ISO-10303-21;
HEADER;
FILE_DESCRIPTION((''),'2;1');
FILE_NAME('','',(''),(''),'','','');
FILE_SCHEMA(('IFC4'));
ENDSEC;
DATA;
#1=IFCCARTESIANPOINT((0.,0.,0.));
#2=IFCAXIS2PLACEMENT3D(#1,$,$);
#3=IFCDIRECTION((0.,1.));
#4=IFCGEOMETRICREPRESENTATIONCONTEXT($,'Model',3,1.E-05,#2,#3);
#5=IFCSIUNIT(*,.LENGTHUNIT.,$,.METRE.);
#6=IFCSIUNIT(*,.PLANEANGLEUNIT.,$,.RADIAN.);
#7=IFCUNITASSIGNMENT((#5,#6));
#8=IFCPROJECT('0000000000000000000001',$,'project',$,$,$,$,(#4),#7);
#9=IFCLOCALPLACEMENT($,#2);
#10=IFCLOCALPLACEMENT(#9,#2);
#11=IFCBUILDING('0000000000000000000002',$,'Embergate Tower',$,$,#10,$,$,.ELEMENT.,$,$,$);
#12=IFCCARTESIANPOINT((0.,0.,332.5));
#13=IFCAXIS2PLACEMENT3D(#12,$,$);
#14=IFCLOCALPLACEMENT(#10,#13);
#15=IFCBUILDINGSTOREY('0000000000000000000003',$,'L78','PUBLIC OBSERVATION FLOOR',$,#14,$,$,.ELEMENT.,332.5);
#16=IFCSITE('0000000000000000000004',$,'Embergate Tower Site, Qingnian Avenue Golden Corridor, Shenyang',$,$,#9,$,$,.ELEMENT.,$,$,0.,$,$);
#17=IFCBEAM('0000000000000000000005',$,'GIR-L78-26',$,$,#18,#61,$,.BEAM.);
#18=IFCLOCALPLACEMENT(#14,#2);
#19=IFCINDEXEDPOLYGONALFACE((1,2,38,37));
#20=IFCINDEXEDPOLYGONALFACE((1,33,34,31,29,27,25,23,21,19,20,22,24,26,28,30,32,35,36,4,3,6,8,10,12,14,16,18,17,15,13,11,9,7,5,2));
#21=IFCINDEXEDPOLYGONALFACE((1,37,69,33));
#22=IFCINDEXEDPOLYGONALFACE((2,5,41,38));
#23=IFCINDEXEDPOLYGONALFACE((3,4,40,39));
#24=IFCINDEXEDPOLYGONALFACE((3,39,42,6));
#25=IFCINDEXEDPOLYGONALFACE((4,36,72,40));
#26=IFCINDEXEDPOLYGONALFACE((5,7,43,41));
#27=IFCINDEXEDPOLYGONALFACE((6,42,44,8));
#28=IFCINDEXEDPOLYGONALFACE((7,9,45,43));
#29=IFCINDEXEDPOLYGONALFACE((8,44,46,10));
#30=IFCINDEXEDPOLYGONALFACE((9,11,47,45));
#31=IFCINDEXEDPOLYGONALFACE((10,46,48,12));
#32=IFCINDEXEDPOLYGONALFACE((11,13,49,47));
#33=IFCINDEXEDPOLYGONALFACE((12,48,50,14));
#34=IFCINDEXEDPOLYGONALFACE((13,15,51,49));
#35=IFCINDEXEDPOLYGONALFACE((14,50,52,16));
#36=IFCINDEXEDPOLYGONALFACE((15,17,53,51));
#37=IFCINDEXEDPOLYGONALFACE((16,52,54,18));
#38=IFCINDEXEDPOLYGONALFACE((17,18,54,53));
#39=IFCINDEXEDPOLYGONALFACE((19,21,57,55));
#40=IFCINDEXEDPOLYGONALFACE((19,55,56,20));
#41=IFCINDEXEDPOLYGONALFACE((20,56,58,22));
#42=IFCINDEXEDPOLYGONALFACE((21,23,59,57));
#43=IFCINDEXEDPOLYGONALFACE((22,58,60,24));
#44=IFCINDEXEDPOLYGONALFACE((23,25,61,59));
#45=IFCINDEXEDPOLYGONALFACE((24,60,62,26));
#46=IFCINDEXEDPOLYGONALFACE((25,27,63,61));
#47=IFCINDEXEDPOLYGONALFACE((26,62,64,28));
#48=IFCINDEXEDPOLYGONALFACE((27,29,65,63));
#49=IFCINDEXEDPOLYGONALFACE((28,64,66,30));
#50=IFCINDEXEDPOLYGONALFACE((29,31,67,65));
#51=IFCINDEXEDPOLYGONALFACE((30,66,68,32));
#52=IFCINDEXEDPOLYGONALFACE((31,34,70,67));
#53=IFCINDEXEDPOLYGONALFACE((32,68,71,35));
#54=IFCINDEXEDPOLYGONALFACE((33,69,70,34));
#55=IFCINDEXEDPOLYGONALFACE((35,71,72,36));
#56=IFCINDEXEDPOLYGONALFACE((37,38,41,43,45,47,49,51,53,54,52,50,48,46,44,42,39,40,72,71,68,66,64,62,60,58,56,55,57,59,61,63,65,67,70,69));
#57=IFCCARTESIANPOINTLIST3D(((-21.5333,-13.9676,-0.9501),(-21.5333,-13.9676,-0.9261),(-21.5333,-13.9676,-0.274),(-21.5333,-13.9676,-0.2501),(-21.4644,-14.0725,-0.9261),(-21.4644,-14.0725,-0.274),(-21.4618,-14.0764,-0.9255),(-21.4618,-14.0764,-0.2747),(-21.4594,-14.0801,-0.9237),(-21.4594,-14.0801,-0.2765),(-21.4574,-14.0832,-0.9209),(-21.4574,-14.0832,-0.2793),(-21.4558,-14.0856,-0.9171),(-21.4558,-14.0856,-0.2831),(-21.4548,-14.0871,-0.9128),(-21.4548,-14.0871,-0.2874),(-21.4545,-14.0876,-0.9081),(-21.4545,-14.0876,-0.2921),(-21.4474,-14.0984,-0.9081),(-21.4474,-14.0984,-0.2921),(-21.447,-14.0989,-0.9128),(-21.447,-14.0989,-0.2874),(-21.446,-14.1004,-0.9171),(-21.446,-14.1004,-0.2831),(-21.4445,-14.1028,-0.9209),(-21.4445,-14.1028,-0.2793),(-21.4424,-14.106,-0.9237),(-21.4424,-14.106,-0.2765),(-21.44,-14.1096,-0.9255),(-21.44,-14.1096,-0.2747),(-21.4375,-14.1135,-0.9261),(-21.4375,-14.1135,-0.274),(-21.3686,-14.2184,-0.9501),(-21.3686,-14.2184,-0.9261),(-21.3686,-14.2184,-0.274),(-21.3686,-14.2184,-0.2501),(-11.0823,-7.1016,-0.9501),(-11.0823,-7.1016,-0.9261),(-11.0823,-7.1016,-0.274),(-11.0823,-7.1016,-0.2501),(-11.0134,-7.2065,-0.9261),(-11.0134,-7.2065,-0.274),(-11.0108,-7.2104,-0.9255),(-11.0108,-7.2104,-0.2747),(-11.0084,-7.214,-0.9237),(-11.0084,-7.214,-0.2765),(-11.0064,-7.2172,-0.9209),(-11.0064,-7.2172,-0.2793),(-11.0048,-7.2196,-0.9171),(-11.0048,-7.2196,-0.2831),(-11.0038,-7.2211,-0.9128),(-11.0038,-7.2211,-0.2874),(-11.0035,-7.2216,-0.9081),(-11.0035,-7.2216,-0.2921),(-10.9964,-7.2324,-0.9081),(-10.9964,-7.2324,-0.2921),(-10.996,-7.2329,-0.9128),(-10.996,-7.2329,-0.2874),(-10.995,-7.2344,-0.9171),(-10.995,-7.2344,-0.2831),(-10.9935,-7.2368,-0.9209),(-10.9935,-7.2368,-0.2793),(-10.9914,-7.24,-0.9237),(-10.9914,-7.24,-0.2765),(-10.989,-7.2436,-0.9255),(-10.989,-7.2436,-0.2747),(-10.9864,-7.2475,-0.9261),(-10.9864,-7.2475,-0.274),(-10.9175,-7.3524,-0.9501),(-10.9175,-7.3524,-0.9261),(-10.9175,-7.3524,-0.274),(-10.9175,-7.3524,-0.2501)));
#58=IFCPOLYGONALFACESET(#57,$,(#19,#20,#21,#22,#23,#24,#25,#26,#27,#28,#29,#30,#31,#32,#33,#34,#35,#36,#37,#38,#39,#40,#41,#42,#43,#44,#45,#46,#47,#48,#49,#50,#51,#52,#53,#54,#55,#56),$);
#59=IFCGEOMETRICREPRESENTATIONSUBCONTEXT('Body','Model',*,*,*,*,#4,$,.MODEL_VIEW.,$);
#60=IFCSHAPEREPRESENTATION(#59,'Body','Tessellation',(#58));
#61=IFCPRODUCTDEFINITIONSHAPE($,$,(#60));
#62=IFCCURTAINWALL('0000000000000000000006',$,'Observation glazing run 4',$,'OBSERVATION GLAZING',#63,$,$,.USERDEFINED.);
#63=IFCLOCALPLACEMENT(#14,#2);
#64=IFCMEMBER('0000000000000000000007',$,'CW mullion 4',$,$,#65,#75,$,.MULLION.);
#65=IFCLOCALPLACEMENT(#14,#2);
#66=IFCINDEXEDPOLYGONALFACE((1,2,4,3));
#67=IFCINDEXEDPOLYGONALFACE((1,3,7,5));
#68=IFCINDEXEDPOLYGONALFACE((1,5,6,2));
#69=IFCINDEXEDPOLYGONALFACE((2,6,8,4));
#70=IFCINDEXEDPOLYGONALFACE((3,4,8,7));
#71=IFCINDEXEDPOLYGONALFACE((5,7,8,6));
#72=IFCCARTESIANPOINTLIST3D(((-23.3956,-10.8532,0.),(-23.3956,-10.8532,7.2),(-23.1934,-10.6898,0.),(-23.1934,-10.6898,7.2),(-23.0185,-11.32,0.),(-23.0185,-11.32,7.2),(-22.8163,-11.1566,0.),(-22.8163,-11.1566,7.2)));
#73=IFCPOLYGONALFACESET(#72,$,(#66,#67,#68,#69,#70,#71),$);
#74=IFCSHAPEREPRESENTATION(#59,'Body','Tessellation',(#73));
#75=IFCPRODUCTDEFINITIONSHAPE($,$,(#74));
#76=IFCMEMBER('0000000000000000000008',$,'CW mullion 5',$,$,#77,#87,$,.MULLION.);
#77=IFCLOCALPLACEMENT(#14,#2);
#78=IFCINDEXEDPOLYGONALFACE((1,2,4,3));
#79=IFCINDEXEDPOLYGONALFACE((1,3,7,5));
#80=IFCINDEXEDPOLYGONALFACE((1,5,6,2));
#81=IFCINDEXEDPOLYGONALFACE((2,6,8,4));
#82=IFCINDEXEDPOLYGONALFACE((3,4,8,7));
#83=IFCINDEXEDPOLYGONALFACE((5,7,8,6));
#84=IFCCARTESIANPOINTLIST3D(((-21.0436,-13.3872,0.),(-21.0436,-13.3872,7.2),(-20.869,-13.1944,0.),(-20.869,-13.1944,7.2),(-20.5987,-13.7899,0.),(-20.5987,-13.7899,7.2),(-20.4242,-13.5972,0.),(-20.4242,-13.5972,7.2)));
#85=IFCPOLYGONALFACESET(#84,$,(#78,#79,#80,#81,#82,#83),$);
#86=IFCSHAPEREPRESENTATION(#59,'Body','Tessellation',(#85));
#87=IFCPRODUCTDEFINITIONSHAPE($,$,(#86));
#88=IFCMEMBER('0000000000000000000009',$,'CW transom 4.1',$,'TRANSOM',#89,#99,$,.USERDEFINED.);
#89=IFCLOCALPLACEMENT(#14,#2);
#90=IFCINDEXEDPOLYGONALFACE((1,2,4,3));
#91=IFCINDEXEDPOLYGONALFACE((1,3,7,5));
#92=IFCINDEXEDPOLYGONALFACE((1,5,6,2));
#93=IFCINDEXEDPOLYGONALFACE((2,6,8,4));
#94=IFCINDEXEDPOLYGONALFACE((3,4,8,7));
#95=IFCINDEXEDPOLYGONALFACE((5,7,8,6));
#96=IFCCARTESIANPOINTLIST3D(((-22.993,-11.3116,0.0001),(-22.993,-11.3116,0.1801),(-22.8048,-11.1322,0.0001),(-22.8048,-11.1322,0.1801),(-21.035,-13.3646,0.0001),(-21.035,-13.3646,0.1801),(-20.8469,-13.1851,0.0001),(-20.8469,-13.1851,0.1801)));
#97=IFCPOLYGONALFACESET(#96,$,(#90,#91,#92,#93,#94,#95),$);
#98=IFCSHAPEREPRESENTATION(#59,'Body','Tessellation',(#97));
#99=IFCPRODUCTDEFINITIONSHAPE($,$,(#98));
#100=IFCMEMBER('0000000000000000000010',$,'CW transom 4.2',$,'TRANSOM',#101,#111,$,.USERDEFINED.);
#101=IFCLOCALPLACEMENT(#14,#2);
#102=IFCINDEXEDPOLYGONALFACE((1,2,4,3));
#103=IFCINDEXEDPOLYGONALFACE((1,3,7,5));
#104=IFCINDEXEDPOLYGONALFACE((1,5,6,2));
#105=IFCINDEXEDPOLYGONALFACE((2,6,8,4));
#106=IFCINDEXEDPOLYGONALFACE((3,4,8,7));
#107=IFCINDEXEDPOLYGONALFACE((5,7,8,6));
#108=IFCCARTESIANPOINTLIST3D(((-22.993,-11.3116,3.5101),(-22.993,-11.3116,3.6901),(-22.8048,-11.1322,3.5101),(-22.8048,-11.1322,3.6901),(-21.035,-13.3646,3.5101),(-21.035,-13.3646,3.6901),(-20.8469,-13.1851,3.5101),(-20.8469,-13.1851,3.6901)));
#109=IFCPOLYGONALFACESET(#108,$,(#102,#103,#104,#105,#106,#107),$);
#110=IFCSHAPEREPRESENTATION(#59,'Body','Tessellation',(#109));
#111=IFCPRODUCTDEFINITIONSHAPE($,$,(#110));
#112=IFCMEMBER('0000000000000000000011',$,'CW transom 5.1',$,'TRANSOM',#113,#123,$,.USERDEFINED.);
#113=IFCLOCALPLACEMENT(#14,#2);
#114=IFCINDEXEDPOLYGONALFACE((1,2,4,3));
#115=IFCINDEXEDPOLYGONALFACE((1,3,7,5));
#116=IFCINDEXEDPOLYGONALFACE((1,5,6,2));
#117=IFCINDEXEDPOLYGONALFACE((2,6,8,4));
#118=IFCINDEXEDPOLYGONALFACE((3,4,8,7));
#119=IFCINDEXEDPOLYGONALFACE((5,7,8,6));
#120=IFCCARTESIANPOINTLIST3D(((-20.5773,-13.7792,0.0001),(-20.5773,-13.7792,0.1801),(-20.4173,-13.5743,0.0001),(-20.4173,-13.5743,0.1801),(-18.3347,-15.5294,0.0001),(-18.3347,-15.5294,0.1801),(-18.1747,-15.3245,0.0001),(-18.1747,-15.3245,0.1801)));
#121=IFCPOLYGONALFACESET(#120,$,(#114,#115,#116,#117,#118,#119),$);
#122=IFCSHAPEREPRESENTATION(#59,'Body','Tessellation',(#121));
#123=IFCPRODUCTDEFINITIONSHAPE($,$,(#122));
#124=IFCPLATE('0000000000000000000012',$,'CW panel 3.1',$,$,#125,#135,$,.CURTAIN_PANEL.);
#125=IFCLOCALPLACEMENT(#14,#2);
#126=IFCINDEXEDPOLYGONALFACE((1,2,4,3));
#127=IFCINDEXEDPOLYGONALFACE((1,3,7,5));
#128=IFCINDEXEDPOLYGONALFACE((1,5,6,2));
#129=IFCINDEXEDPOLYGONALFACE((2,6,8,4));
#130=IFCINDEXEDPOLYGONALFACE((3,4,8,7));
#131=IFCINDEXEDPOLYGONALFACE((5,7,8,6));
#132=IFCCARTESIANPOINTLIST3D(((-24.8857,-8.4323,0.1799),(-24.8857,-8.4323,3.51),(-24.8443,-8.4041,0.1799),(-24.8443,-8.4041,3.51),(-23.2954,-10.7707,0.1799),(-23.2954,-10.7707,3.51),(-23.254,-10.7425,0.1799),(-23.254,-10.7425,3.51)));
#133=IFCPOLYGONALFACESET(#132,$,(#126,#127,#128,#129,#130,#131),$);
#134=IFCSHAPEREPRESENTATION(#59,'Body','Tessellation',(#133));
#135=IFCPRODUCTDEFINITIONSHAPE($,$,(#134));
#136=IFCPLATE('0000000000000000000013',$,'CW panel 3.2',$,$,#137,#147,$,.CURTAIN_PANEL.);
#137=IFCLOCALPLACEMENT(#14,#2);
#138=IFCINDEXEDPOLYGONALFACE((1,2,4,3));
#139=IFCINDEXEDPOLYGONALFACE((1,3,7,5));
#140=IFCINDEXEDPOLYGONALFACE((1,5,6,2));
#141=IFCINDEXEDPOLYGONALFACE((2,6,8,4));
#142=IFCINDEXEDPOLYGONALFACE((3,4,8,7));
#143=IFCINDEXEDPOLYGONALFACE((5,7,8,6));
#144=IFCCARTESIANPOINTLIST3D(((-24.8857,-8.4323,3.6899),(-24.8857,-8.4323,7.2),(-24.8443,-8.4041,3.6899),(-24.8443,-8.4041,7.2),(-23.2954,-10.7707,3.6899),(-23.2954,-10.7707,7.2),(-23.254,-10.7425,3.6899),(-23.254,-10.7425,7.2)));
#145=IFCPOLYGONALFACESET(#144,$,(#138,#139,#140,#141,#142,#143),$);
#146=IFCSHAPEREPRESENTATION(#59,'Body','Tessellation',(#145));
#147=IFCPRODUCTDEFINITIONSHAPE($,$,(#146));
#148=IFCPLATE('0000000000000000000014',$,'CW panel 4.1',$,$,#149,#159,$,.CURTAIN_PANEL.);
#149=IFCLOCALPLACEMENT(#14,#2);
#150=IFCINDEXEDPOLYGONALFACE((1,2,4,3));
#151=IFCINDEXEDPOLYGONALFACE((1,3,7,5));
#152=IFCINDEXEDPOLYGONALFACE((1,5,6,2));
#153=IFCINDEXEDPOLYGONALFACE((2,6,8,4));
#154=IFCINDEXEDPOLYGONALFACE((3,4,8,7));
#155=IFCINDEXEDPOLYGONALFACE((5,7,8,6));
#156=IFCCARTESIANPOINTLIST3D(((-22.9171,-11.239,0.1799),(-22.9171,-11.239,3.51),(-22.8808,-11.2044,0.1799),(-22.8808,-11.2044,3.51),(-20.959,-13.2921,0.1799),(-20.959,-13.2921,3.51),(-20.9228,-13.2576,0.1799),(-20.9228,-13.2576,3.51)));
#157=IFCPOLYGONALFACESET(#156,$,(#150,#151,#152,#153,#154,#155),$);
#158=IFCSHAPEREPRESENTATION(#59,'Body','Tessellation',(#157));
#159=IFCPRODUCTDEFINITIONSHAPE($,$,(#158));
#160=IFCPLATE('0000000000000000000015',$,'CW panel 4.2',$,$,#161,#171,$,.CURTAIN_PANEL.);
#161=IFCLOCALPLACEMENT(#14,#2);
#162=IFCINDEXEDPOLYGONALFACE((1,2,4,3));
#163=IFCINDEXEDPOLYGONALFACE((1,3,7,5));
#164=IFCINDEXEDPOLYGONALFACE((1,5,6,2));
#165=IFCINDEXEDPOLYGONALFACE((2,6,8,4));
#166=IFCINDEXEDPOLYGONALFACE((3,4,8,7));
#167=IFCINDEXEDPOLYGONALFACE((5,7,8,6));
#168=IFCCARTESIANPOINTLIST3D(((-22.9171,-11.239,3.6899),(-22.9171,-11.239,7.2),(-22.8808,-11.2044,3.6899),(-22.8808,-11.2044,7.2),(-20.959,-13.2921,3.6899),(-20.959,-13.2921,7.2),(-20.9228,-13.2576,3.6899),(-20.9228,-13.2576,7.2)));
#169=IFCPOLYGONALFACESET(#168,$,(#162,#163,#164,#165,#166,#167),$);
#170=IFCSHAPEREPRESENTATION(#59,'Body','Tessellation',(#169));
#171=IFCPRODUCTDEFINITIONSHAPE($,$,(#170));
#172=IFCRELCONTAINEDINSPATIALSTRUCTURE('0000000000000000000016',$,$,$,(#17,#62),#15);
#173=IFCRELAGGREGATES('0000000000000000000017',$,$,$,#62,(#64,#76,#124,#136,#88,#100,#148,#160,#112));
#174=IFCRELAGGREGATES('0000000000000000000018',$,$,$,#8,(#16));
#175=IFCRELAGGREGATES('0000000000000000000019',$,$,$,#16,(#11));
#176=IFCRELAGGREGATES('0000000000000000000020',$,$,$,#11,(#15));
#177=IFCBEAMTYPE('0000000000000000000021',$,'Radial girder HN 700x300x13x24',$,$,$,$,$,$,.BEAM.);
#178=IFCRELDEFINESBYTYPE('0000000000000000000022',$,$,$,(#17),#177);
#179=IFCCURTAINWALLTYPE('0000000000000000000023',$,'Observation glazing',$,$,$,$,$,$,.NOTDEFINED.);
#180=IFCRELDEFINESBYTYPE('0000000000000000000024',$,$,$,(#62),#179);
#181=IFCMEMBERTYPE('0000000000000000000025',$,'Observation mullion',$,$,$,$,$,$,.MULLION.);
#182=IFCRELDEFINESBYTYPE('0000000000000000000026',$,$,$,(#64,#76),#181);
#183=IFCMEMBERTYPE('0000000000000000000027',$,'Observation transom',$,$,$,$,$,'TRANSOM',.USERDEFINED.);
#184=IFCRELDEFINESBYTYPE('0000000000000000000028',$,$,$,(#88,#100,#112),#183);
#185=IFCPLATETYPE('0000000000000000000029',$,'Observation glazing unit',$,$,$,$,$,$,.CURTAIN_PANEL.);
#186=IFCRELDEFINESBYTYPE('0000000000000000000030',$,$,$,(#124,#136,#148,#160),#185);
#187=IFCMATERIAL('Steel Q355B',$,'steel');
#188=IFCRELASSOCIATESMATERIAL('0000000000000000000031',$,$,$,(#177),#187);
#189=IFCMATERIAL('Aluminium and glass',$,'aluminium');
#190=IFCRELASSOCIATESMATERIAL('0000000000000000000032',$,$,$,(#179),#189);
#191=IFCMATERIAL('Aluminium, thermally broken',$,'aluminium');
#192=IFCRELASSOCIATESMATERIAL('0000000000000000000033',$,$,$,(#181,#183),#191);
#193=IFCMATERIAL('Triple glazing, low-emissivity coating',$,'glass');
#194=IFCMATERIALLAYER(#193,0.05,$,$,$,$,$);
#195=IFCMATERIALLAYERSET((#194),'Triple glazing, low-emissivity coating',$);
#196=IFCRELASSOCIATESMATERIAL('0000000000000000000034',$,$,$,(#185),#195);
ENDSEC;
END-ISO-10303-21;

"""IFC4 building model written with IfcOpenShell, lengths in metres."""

from ifc_helpers import new_model, si_unit, direction, frame, origin, origin_2d, place, context, subcontext, project, spatial, rectangle, i_section, extrude, source, transform, mapped, material, layer, layer_set, material_profile, profile_set, type_object, element, aggregate, save


model = new_model("IFC4")

# Units and contexts
model_context = context("Model", 3, precision=1e-05, world=origin(), true_north=direction((0.0, 1.0)))
body_context = subcontext(model_context, "Body", "Model", "MODEL_VIEW")
ifc_project = project(units=[si_unit("LENGTHUNIT", "METRE"), si_unit("PLANEANGLEUNIT", "RADIAN")], contexts=[model_context])

# Site, building, storey
site_placement = place(None, origin())
site = spatial("IfcSite", under=ifc_project, at=site_placement, Name="Embergate Tower Site, Qingnian Avenue Golden Corridor, Shenyang", CompositionType="ELEMENT", RefElevation=0.0)
building_placement = place(site_placement, origin())
building = spatial("IfcBuilding", under=site, at=building_placement, Name="Embergate Tower", CompositionType="ELEMENT")
storey_placement = place(building_placement, frame((0.0, 0.0, 332.5)))
storey = spatial("IfcBuildingStorey", under=building, at=storey_placement, Name="L78", Description="PUBLIC OBSERVATION FLOOR", CompositionType="ELEMENT", Elevation=332.5)

# Beam
ifc_material_1 = material(Name="Steel Q355B", Category="steel")
ifc_material_profile_1 = material_profile(ifc_material_1, i_section(OverallWidth=0.3, OverallDepth=0.7, WebThickness=0.0129, FlangeThickness=0.0239, FilletRadius=0.0181, at=origin_2d()), Name="HN 700x300x13x24")
ifc_profile_set_1 = profile_set([ifc_material_profile_1], Name="Steel Q355 grade B")
beam_type_1 = type_object("IfcBeamType", Name="Radial girder HN 700x300x13x24", PredefinedType="BEAM", material=ifc_profile_set_1)
shared_shape_1 = source(origin(), body_context, "Body", "SweptSolid", [
    extrude(i_section(OverallWidth=0.3, OverallDepth=0.7, WebThickness=0.0129, FlangeThickness=0.0239, FilletRadius=0.0181, at=origin_2d()), origin(), (0.0, 0.0, 1.0), 12.5046),
])
beam_1_placement = place(storey_placement, frame((-21.4509, -14.093, -0.6001), z_axis=(0.835771, 0.549078, 0.0), x_axis=(-0.549078, 0.835771, 0.0)))
element("IfcBeam", 1, at=beam_1_placement, inside=storey, type_object=beam_type_1, Name="GIR-L78-26", PredefinedType="BEAM", context=body_context, shape_type="MappedRepresentation", body=[
    mapped(shared_shape_1, transform((0.0, 0.0, 0.0))),
])

# Curtain wall, members, plates
ifc_material_2 = material(Name="Aluminium and glass", Category="aluminium")
curtain_wall_type = type_object("IfcCurtainWallType", Name="Observation glazing", PredefinedType="NOTDEFINED", material=ifc_material_2)
curtain_wall_placement = place(storey_placement, origin())
curtain_wall = element("IfcCurtainWall", 2, at=curtain_wall_placement, inside=storey, type_object=curtain_wall_type, Name="Observation glazing run 4", ObjectType="OBSERVATION GLAZING", PredefinedType="USERDEFINED")
ifc_material_3 = material(Name="Aluminium, thermally broken", Category="aluminium")
ifc_material_profile_2 = material_profile(ifc_material_3, rectangle(XDim=0.26, YDim=0.6001, at=origin_2d()), Name="AL 600x260")
ifc_profile_set_2 = profile_set([ifc_material_profile_2], Name="Aluminium, thermally broken")
member_type_1 = type_object("IfcMemberType", Name="Observation mullion", PredefinedType="MULLION", material=ifc_profile_set_2)
shared_shape_2 = source(origin(), body_context, "Body", "SweptSolid", [
    extrude(rectangle(XDim=0.26, YDim=0.6001, at=origin_2d()), origin(), (0.0, 0.0, 1.0), 7.2),
])
member_1_placement = place(storey_placement, frame((-23.106, -11.0049, 0.0), z_axis=(0.0, 0.0, 1.0), x_axis=(0.777844, 0.628457, 0.0)))
member_1 = element("IfcMember", 3, at=member_1_placement, type_object=member_type_1, Name="CW mullion 4", PredefinedType="MULLION", context=body_context, shape_type="MappedRepresentation", body=[
    mapped(shared_shape_2, transform((0.0, 0.0, 0.0))),
])
member_2_placement = place(storey_placement, frame((-20.7339, -13.4922, 0.0), z_axis=(0.0, 0.0, 1.0), x_axis=(0.671201, 0.741276, 0.0)))
member_2 = element("IfcMember", 4, at=member_2_placement, type_object=member_type_1, Name="CW mullion 5", PredefinedType="MULLION", context=body_context, shape_type="MappedRepresentation", body=[
    mapped(shared_shape_2, transform((0.0, 0.0, 0.0))),
])
ifc_material_profile_3 = material_profile(ifc_material_3, rectangle(XDim=0.26, YDim=0.1799, at=origin_2d()), Name="AL 180x260")
ifc_profile_set_3 = profile_set([ifc_material_profile_3], Name="Aluminium, thermally broken")
member_type_2 = type_object("IfcMemberType", Name="Observation transom", ElementType="TRANSOM", PredefinedType="USERDEFINED", material=ifc_profile_set_3)
shared_shape_3 = source(origin(), body_context, "Body", "SweptSolid", [
    extrude(rectangle(XDim=0.26, YDim=0.1799, at=origin_2d()), origin(), (0.0, 0.0, 1.0), 2.8369),
])
member_3_placement = place(storey_placement, frame((-22.8989, -11.2219, 0.0901), z_axis=(0.690171, -0.723647, 0.0), x_axis=(0.723647, 0.690171, 0.0)))
member_3 = element("IfcMember", 5, at=member_3_placement, type_object=member_type_2, Name="CW transom 4.1", ObjectType="TRANSOM", PredefinedType="USERDEFINED", context=body_context, shape_type="MappedRepresentation", body=[
    mapped(shared_shape_3, transform((0.0, 0.0, 0.0))),
])
member_4_placement = place(storey_placement, frame((-22.8989, -11.2219, 3.6001), z_axis=(0.690171, -0.723647, 0.0), x_axis=(0.723647, 0.690171, 0.0)))
member_4 = element("IfcMember", 6, at=member_4_placement, type_object=member_type_2, Name="CW transom 4.2", ObjectType="TRANSOM", PredefinedType="USERDEFINED", context=body_context, shape_type="MappedRepresentation", body=[
    mapped(shared_shape_3, transform((0.0, 0.0, 0.0))),
])
shared_shape_4 = source(origin(), body_context, "Body", "SweptSolid", [
    extrude(rectangle(XDim=0.26, YDim=0.1799, at=origin_2d()), origin(), (0.0, 0.0, 1.0), 2.8447),
])
member_5_placement = place(storey_placement, frame((-20.4973, -13.6768, 0.0901), z_axis=(0.788339, -0.615241, 0.0), x_axis=(0.615241, 0.788339, 0.0)))
member_5 = element("IfcMember", 7, at=member_5_placement, type_object=member_type_2, Name="CW transom 5.1", ObjectType="TRANSOM", PredefinedType="USERDEFINED", context=body_context, shape_type="MappedRepresentation", body=[
    mapped(shared_shape_4, transform((0.0, 0.0, 0.0))),
])
ifc_material_4 = material(Name="Triple glazing, low-emissivity coating", Category="glass")
ifc_layer_1 = layer(ifc_material_4, 0.05)
ifc_layer_set_1 = layer_set([ifc_layer_1], Name="Triple glazing, low-emissivity coating")
plate_type = type_object("IfcPlateType", Name="Observation glazing unit", PredefinedType="CURTAIN_PANEL", material=ifc_layer_set_1)
shared_shape_5 = source(origin(), body_context, "Body", "SweptSolid", [
    extrude(rectangle(XDim=2.8279, YDim=0.05, at=origin_2d()), origin(), (0.0, 0.0, 1.0), 3.3301),
])
plate_1_placement = place(storey_placement, frame((-24.0698, -9.5874, 0.1799), z_axis=(0.0, 0.0, 1.0), x_axis=(0.562353, -0.826897, 0.0)))
plate_1 = element("IfcPlate", 8, at=plate_1_placement, type_object=plate_type, Name="CW panel 3.1", PredefinedType="CURTAIN_PANEL", context=body_context, shape_type="MappedRepresentation", body=[
    mapped(shared_shape_5, transform((0.0, 0.0, 0.0))),
])
shared_shape_6 = source(origin(), body_context, "Body", "SweptSolid", [
    extrude(rectangle(XDim=2.8279, YDim=0.05, at=origin_2d()), origin(), (0.0, 0.0, 1.0), 3.51),
])
plate_2_placement = place(storey_placement, frame((-24.0698, -9.5874, 3.6899), z_axis=(0.0, 0.0, 1.0), x_axis=(0.562353, -0.826897, 0.0)))
plate_2 = element("IfcPlate", 9, at=plate_2_placement, type_object=plate_type, Name="CW panel 3.2", PredefinedType="CURTAIN_PANEL", context=body_context, shape_type="MappedRepresentation", body=[
    mapped(shared_shape_6, transform((0.0, 0.0, 0.0))),
])
shared_shape_7 = source(origin(), body_context, "Body", "SweptSolid", [
    extrude(rectangle(XDim=2.8372, YDim=0.05, at=origin_2d()), origin(), (0.0, 0.0, 1.0), 3.3301),
])
plate_3_placement = place(storey_placement, frame((-21.9199, -12.2483, 0.1799), z_axis=(0.0, 0.0, 1.0), x_axis=(0.690143, -0.723673, 0.0)))
plate_3 = element("IfcPlate", 10, at=plate_3_placement, type_object=plate_type, Name="CW panel 4.1", PredefinedType="CURTAIN_PANEL", context=body_context, shape_type="MappedRepresentation", body=[
    mapped(shared_shape_7, transform((0.0, 0.0, 0.0))),
])
shared_shape_8 = source(origin(), body_context, "Body", "SweptSolid", [
    extrude(rectangle(XDim=2.8372, YDim=0.05, at=origin_2d()), origin(), (0.0, 0.0, 1.0), 3.51),
])
plate_4_placement = place(storey_placement, frame((-21.9199, -12.2483, 3.6899), z_axis=(0.0, 0.0, 1.0), x_axis=(0.690143, -0.723673, 0.0)))
plate_4 = element("IfcPlate", 11, at=plate_4_placement, type_object=plate_type, Name="CW panel 4.2", PredefinedType="CURTAIN_PANEL", context=body_context, shape_type="MappedRepresentation", body=[
    mapped(shared_shape_8, transform((0.0, 0.0, 0.0))),
])
aggregate(curtain_wall, [member_1, member_2, plate_1, plate_2, member_3, member_4, plate_3, plate_4, member_5])

save(model, "model.ifc")
